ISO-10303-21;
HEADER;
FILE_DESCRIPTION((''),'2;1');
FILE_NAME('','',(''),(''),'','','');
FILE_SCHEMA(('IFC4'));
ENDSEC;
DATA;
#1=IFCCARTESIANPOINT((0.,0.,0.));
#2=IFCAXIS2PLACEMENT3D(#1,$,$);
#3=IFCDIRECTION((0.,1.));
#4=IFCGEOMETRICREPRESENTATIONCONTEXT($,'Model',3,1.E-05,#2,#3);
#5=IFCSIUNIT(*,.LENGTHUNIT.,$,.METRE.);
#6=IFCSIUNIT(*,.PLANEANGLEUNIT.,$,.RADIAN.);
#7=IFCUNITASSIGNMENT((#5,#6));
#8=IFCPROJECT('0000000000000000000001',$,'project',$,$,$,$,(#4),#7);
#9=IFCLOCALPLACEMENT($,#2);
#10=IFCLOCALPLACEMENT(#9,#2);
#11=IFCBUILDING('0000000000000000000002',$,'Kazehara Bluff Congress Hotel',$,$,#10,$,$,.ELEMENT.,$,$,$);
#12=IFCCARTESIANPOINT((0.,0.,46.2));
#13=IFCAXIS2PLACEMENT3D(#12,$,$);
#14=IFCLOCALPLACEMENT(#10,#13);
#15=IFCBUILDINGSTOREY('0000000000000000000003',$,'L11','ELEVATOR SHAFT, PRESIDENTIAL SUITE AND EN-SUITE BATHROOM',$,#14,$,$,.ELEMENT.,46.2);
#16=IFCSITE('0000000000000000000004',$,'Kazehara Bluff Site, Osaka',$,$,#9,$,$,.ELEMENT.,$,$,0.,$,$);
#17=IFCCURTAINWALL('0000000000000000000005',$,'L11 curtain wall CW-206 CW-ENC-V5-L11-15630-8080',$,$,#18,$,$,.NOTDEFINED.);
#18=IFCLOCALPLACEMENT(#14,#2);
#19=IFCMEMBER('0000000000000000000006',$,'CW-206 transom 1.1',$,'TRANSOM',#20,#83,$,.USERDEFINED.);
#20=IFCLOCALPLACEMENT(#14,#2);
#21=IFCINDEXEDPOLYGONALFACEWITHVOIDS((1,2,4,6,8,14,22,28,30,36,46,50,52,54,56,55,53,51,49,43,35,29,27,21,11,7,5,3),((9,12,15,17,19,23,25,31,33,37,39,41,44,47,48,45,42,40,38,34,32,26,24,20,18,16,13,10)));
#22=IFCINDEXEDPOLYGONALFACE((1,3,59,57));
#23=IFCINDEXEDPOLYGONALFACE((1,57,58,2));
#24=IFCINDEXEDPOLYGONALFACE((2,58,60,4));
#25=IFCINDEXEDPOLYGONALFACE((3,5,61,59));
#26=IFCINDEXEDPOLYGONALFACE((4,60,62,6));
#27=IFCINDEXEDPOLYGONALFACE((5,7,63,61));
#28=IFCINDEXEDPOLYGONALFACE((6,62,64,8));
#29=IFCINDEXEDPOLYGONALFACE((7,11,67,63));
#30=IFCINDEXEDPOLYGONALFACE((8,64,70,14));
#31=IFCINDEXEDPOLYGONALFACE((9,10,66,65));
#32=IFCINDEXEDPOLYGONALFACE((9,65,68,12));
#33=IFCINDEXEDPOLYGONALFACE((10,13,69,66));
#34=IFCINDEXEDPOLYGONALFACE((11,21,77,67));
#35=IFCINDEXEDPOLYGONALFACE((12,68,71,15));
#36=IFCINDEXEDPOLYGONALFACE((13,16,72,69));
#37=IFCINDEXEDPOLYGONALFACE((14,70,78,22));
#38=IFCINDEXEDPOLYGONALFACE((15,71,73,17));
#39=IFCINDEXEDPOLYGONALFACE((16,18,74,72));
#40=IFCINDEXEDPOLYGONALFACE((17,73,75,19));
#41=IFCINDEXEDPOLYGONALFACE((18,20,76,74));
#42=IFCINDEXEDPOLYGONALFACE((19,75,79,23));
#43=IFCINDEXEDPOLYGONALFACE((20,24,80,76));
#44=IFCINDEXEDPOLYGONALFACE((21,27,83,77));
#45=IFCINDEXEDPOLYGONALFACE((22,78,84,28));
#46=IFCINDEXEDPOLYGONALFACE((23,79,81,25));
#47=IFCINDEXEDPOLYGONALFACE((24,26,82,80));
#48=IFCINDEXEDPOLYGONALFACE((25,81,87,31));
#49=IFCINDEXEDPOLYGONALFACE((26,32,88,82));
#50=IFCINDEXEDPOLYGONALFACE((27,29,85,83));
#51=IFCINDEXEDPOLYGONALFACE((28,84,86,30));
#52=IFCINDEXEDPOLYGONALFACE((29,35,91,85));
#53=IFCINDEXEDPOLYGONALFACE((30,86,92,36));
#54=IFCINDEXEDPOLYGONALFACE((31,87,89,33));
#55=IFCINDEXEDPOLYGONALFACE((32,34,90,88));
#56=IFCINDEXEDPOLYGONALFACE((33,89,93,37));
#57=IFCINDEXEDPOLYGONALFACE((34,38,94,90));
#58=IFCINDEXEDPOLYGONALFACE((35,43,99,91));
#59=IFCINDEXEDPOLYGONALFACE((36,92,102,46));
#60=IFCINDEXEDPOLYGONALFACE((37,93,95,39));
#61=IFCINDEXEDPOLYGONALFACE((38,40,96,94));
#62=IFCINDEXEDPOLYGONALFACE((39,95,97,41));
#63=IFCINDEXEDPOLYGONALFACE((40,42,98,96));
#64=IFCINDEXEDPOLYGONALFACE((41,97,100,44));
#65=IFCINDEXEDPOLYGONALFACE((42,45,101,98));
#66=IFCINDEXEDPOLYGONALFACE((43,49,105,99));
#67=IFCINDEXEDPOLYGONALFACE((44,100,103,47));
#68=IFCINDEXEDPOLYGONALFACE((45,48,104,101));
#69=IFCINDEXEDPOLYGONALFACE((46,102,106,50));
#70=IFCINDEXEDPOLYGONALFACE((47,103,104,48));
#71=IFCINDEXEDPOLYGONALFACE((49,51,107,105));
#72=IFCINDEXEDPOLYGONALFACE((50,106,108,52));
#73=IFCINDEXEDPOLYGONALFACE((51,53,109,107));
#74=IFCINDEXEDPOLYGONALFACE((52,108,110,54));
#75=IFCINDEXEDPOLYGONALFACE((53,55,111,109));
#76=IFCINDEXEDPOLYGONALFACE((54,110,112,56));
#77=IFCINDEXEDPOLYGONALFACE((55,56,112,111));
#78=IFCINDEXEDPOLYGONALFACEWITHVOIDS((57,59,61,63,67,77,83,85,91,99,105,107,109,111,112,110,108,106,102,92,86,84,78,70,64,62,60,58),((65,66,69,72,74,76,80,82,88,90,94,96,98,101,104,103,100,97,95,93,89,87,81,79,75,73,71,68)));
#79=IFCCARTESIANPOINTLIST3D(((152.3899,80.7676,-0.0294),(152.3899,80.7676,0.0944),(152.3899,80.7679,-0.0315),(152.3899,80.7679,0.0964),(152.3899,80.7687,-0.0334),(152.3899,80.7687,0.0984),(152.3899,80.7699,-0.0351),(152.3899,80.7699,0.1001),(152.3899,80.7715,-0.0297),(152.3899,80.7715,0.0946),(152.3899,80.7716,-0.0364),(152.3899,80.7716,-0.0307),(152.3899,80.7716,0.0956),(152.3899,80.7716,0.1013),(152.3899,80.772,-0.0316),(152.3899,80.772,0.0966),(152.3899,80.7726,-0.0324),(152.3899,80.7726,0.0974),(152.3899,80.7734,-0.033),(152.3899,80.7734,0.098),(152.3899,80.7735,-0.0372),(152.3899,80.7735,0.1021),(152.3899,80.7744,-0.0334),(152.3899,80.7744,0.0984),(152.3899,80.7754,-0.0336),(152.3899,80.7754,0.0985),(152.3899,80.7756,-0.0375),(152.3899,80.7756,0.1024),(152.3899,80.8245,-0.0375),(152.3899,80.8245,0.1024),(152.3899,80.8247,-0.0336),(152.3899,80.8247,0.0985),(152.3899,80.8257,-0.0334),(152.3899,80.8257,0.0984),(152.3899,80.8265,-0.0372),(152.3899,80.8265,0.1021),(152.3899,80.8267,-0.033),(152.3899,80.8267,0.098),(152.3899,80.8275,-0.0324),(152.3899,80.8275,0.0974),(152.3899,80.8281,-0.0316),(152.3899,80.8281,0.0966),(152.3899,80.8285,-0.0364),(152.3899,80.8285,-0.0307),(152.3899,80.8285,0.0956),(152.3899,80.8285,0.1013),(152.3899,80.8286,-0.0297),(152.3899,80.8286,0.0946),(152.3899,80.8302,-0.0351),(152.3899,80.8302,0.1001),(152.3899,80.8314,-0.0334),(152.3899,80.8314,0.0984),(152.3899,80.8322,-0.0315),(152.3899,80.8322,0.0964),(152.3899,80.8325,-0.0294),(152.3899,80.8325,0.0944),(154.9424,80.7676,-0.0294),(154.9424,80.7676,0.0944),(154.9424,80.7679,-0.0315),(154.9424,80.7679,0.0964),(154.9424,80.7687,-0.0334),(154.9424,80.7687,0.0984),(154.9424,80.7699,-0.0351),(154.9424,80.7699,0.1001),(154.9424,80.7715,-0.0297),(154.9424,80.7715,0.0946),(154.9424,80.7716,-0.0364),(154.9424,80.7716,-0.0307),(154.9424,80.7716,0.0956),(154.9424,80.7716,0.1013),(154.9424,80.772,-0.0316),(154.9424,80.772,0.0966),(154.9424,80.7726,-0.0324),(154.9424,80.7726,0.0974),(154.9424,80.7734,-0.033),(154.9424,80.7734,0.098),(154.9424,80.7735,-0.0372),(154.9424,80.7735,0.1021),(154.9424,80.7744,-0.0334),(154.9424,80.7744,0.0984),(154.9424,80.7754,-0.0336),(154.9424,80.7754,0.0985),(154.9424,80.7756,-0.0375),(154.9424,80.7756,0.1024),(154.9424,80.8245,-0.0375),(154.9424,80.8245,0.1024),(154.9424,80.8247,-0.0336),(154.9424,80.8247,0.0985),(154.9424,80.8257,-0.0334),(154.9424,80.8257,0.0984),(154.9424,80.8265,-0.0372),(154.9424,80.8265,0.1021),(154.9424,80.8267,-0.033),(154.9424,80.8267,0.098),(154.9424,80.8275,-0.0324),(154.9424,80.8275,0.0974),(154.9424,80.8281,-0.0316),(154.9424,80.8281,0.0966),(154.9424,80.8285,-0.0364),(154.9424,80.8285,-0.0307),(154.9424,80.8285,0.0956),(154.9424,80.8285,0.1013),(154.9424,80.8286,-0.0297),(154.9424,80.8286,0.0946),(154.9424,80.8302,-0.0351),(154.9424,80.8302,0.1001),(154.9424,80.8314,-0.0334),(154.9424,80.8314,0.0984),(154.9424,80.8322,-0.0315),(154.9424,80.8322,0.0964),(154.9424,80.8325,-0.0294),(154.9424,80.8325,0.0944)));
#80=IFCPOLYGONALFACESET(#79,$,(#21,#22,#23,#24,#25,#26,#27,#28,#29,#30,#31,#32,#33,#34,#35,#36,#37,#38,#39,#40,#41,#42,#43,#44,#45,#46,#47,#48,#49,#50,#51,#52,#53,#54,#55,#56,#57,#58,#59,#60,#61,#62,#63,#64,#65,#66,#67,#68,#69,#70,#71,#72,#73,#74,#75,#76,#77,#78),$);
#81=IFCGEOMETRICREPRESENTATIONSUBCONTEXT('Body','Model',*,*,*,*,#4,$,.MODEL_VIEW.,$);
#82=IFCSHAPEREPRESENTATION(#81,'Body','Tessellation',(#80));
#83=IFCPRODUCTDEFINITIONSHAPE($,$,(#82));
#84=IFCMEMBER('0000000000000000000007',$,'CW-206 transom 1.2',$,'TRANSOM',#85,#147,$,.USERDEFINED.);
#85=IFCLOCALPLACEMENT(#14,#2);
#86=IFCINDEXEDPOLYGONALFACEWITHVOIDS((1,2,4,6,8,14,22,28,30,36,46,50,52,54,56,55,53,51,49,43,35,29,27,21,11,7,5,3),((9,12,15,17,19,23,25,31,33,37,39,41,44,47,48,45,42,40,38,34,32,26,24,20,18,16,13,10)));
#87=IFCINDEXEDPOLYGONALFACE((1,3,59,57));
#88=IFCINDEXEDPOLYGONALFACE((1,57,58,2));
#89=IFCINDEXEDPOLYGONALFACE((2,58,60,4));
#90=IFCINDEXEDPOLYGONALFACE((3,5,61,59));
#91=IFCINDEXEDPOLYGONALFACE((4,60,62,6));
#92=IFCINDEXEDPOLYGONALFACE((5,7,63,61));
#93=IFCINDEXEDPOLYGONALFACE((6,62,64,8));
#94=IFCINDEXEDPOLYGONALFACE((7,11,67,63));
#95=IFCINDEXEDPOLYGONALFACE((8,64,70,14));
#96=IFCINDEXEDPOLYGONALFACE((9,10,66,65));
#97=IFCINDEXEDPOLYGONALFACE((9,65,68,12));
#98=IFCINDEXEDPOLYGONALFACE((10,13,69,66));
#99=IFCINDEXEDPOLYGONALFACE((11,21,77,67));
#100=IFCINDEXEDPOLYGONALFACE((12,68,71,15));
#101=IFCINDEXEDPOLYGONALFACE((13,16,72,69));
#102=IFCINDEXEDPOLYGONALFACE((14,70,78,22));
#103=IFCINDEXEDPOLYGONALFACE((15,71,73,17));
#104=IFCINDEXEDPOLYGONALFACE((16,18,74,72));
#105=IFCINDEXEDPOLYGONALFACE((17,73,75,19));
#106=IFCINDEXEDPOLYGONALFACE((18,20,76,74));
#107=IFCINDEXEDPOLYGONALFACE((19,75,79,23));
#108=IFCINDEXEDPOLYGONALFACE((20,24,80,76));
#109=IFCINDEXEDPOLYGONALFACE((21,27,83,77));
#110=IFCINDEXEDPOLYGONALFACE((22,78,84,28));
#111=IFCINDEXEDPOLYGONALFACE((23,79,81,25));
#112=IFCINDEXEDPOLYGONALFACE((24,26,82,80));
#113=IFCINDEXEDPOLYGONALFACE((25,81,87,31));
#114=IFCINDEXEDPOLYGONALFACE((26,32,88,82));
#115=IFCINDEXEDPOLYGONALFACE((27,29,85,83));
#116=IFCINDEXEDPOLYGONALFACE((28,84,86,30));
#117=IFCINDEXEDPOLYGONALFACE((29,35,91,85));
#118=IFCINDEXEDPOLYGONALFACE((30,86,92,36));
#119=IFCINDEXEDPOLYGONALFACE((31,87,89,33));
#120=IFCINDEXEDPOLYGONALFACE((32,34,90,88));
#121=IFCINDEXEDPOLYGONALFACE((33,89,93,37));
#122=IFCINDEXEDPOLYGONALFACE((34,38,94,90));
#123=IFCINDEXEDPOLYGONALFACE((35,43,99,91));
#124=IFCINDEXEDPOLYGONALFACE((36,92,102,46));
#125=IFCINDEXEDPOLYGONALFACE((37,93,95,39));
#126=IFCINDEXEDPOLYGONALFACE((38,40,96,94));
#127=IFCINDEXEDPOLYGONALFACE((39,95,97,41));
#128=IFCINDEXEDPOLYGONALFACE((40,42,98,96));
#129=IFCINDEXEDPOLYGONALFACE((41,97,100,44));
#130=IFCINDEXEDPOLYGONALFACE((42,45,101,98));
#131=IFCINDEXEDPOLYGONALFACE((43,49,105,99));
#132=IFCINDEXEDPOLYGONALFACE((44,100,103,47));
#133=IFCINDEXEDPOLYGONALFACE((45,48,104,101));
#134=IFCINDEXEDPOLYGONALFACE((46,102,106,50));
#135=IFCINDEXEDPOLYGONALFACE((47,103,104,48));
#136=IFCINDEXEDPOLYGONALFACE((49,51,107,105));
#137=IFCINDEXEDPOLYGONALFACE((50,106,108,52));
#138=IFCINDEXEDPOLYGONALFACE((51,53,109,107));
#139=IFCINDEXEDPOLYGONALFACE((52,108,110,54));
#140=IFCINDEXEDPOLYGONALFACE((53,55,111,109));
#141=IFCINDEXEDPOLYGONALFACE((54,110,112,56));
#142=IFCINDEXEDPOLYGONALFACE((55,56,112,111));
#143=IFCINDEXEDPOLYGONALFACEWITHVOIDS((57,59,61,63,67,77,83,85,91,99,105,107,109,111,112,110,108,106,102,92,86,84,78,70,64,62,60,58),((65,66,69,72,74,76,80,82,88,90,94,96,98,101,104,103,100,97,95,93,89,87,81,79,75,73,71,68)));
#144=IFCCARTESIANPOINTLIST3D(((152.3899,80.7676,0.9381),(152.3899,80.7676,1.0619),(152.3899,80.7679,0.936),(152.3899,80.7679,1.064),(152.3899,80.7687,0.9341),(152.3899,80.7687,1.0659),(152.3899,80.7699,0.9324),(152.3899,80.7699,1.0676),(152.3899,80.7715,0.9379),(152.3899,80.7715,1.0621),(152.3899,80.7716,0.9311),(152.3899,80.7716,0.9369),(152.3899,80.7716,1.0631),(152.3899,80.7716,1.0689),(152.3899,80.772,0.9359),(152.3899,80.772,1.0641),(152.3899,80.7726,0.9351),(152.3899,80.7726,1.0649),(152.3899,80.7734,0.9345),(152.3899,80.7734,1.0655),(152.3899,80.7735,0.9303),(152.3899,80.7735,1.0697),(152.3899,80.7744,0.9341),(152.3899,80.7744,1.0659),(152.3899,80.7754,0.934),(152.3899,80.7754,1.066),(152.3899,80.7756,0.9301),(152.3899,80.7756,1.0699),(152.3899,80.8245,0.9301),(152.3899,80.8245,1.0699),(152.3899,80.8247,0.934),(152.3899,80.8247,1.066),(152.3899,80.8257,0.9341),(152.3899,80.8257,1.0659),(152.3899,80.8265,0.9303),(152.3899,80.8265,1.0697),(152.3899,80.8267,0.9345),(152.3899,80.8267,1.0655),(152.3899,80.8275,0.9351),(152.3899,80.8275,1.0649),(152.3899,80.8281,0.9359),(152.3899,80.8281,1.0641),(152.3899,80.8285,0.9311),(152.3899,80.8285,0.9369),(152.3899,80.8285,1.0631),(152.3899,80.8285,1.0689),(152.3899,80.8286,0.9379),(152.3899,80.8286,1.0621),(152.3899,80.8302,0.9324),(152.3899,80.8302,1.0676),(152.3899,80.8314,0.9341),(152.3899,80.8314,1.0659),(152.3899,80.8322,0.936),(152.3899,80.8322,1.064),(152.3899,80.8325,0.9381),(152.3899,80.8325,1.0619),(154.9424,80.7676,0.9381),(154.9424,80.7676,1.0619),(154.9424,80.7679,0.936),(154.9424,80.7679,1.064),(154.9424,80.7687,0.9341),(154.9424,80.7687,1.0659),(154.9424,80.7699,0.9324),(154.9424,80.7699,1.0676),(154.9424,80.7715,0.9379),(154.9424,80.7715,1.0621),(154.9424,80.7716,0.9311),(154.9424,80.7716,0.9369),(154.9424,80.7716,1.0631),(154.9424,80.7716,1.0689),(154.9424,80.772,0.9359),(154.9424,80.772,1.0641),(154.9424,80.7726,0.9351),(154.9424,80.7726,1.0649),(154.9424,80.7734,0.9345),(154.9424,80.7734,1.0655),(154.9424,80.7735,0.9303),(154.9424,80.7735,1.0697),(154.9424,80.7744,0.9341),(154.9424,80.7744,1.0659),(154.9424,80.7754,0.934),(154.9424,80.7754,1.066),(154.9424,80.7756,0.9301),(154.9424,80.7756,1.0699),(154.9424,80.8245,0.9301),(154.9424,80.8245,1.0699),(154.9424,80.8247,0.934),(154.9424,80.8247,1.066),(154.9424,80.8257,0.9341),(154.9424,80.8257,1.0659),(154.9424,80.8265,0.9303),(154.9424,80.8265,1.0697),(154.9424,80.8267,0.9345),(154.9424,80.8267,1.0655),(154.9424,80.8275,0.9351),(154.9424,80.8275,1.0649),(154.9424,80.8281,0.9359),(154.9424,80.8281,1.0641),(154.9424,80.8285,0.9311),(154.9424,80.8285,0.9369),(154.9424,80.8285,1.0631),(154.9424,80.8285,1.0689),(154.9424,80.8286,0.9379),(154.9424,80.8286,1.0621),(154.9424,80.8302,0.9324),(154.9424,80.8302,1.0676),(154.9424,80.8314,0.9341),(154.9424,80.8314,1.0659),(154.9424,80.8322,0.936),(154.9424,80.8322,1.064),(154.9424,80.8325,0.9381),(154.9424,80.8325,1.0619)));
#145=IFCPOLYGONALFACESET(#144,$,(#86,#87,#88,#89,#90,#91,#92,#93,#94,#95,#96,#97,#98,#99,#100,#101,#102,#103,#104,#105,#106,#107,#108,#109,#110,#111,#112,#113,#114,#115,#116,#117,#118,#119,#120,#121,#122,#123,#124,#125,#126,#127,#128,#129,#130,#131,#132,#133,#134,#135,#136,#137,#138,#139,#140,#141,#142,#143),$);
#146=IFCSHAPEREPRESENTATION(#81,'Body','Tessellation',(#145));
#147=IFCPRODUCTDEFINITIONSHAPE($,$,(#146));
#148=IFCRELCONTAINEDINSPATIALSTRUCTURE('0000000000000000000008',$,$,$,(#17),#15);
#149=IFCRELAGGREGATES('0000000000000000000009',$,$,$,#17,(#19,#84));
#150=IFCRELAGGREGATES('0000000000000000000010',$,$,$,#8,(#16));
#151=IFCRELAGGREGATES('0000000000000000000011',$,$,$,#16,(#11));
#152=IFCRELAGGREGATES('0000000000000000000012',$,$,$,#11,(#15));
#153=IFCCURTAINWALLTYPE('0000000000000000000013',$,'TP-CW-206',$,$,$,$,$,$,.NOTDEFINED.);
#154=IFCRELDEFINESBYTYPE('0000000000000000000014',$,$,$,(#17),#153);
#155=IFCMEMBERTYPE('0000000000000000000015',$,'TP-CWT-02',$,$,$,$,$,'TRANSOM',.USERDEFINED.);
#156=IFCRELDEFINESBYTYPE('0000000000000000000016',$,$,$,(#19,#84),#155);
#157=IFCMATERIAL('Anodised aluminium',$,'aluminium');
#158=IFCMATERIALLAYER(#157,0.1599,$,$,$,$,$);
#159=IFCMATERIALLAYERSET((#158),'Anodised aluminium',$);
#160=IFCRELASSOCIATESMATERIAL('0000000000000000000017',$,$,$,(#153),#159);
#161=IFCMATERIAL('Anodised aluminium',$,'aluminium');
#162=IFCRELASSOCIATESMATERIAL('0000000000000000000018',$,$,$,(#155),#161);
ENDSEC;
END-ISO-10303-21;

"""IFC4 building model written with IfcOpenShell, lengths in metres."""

from ifc_helpers import new_model, si_unit, direction, frame, origin, origin_2d, place, context, subcontext, project, spatial, hollow_rectangle, extrude, material, layer, layer_set, material_profile, profile_set, type_object, element, aggregate, save


model = new_model("IFC4")

# Units and contexts
model_context = context("Model", 3, precision=1e-05, world=origin(), true_north=direction((0.0, 1.0)))
body_context = subcontext(model_context, "Body", "Model", "MODEL_VIEW")
ifc_project = project(units=[si_unit("LENGTHUNIT", "METRE"), si_unit("PLANEANGLEUNIT", "RADIAN")], contexts=[model_context])

# Site, building, storey
site_placement = place(None, origin())
site = spatial("IfcSite", under=ifc_project, at=site_placement, Name="Kazehara Bluff Site, Osaka", CompositionType="ELEMENT", RefElevation=0.0)
building_placement = place(site_placement, origin())
building = spatial("IfcBuilding", under=site, at=building_placement, Name="Kazehara Bluff Congress Hotel", CompositionType="ELEMENT")
storey_placement = place(building_placement, frame((0.0, 0.0, 46.2)))
storey = spatial("IfcBuildingStorey", under=building, at=storey_placement, Name="L11", Description="ELEVATOR SHAFT, PRESIDENTIAL SUITE AND EN-SUITE BATHROOM", CompositionType="ELEMENT", Elevation=46.2)

# Shared definitions
ifc_material_1 = material(Name="Anodised aluminium", Category="aluminium")
ifc_layer_1 = layer(ifc_material_1, 0.1599)
ifc_layer_set_1 = layer_set([ifc_layer_1], Name="Anodised aluminium")
curtain_wall_type = type_object("IfcCurtainWallType", Name="TP-CW-206", PredefinedType="NOTDEFINED", material=ifc_layer_set_1)

# Curtain wall, members
curtain_wall_1_placement = place(storey_placement, origin())
curtain_wall_1 = element("IfcCurtainWall", 1, at=curtain_wall_1_placement, inside=storey, type_object=curtain_wall_type, Name="L11 curtain wall CW-206 CW-ENC-V5-L11-15630-8080", PredefinedType="NOTDEFINED")
ifc_material_2 = material(Name="Anodised aluminium", Category="aluminium")
ifc_material_profile_1 = material_profile(ifc_material_2, hollow_rectangle(XDim=0.0649, YDim=0.1399, WallThickness=0.0039, InnerFilletRadius=0.0039, OuterFilletRadius=0.0081, at=origin_2d()))
ifc_profile_set_1 = profile_set([ifc_material_profile_1], Name="Anodised aluminium")
member_type_1 = type_object("IfcMemberType", Name="TP-CWT-02", ElementType="TRANSOM", PredefinedType="USERDEFINED", material=ifc_profile_set_1)
member_1_placement = place(storey_placement, frame((152.3899, 80.8, 0.0325), z_axis=(1.0, 0.0, 0.0), x_axis=(0.0, 1.0, 0.0)))
member_1 = element("IfcMember", 2, at=member_1_placement, type_object=member_type_1, Name="CW-206 transom 1.1", ObjectType="TRANSOM", PredefinedType="USERDEFINED", context=body_context, shape_type="SweptSolid", body=[
    extrude(hollow_rectangle(XDim=0.0649, YDim=0.1399, WallThickness=0.0039, InnerFilletRadius=0.0039, OuterFilletRadius=0.0081, at=origin_2d()), origin(), (0.0, 0.0, 1.0), 2.5525),
])
member_2_placement = place(storey_placement, frame((152.3899, 80.8, 1.0), z_axis=(1.0, 0.0, 0.0), x_axis=(0.0, 1.0, 0.0)))
member_2 = element("IfcMember", 3, at=member_2_placement, type_object=member_type_1, Name="CW-206 transom 1.2", ObjectType="TRANSOM", PredefinedType="USERDEFINED", context=body_context, shape_type="SweptSolid", body=[
    extrude(hollow_rectangle(XDim=0.0649, YDim=0.1399, WallThickness=0.0039, InnerFilletRadius=0.0039, OuterFilletRadius=0.0081, at=origin_2d()), origin(), (0.0, 0.0, 1.0), 2.5525),
])

aggregate(curtain_wall_1, [member_1, member_2])

save(model, "model.ifc")
